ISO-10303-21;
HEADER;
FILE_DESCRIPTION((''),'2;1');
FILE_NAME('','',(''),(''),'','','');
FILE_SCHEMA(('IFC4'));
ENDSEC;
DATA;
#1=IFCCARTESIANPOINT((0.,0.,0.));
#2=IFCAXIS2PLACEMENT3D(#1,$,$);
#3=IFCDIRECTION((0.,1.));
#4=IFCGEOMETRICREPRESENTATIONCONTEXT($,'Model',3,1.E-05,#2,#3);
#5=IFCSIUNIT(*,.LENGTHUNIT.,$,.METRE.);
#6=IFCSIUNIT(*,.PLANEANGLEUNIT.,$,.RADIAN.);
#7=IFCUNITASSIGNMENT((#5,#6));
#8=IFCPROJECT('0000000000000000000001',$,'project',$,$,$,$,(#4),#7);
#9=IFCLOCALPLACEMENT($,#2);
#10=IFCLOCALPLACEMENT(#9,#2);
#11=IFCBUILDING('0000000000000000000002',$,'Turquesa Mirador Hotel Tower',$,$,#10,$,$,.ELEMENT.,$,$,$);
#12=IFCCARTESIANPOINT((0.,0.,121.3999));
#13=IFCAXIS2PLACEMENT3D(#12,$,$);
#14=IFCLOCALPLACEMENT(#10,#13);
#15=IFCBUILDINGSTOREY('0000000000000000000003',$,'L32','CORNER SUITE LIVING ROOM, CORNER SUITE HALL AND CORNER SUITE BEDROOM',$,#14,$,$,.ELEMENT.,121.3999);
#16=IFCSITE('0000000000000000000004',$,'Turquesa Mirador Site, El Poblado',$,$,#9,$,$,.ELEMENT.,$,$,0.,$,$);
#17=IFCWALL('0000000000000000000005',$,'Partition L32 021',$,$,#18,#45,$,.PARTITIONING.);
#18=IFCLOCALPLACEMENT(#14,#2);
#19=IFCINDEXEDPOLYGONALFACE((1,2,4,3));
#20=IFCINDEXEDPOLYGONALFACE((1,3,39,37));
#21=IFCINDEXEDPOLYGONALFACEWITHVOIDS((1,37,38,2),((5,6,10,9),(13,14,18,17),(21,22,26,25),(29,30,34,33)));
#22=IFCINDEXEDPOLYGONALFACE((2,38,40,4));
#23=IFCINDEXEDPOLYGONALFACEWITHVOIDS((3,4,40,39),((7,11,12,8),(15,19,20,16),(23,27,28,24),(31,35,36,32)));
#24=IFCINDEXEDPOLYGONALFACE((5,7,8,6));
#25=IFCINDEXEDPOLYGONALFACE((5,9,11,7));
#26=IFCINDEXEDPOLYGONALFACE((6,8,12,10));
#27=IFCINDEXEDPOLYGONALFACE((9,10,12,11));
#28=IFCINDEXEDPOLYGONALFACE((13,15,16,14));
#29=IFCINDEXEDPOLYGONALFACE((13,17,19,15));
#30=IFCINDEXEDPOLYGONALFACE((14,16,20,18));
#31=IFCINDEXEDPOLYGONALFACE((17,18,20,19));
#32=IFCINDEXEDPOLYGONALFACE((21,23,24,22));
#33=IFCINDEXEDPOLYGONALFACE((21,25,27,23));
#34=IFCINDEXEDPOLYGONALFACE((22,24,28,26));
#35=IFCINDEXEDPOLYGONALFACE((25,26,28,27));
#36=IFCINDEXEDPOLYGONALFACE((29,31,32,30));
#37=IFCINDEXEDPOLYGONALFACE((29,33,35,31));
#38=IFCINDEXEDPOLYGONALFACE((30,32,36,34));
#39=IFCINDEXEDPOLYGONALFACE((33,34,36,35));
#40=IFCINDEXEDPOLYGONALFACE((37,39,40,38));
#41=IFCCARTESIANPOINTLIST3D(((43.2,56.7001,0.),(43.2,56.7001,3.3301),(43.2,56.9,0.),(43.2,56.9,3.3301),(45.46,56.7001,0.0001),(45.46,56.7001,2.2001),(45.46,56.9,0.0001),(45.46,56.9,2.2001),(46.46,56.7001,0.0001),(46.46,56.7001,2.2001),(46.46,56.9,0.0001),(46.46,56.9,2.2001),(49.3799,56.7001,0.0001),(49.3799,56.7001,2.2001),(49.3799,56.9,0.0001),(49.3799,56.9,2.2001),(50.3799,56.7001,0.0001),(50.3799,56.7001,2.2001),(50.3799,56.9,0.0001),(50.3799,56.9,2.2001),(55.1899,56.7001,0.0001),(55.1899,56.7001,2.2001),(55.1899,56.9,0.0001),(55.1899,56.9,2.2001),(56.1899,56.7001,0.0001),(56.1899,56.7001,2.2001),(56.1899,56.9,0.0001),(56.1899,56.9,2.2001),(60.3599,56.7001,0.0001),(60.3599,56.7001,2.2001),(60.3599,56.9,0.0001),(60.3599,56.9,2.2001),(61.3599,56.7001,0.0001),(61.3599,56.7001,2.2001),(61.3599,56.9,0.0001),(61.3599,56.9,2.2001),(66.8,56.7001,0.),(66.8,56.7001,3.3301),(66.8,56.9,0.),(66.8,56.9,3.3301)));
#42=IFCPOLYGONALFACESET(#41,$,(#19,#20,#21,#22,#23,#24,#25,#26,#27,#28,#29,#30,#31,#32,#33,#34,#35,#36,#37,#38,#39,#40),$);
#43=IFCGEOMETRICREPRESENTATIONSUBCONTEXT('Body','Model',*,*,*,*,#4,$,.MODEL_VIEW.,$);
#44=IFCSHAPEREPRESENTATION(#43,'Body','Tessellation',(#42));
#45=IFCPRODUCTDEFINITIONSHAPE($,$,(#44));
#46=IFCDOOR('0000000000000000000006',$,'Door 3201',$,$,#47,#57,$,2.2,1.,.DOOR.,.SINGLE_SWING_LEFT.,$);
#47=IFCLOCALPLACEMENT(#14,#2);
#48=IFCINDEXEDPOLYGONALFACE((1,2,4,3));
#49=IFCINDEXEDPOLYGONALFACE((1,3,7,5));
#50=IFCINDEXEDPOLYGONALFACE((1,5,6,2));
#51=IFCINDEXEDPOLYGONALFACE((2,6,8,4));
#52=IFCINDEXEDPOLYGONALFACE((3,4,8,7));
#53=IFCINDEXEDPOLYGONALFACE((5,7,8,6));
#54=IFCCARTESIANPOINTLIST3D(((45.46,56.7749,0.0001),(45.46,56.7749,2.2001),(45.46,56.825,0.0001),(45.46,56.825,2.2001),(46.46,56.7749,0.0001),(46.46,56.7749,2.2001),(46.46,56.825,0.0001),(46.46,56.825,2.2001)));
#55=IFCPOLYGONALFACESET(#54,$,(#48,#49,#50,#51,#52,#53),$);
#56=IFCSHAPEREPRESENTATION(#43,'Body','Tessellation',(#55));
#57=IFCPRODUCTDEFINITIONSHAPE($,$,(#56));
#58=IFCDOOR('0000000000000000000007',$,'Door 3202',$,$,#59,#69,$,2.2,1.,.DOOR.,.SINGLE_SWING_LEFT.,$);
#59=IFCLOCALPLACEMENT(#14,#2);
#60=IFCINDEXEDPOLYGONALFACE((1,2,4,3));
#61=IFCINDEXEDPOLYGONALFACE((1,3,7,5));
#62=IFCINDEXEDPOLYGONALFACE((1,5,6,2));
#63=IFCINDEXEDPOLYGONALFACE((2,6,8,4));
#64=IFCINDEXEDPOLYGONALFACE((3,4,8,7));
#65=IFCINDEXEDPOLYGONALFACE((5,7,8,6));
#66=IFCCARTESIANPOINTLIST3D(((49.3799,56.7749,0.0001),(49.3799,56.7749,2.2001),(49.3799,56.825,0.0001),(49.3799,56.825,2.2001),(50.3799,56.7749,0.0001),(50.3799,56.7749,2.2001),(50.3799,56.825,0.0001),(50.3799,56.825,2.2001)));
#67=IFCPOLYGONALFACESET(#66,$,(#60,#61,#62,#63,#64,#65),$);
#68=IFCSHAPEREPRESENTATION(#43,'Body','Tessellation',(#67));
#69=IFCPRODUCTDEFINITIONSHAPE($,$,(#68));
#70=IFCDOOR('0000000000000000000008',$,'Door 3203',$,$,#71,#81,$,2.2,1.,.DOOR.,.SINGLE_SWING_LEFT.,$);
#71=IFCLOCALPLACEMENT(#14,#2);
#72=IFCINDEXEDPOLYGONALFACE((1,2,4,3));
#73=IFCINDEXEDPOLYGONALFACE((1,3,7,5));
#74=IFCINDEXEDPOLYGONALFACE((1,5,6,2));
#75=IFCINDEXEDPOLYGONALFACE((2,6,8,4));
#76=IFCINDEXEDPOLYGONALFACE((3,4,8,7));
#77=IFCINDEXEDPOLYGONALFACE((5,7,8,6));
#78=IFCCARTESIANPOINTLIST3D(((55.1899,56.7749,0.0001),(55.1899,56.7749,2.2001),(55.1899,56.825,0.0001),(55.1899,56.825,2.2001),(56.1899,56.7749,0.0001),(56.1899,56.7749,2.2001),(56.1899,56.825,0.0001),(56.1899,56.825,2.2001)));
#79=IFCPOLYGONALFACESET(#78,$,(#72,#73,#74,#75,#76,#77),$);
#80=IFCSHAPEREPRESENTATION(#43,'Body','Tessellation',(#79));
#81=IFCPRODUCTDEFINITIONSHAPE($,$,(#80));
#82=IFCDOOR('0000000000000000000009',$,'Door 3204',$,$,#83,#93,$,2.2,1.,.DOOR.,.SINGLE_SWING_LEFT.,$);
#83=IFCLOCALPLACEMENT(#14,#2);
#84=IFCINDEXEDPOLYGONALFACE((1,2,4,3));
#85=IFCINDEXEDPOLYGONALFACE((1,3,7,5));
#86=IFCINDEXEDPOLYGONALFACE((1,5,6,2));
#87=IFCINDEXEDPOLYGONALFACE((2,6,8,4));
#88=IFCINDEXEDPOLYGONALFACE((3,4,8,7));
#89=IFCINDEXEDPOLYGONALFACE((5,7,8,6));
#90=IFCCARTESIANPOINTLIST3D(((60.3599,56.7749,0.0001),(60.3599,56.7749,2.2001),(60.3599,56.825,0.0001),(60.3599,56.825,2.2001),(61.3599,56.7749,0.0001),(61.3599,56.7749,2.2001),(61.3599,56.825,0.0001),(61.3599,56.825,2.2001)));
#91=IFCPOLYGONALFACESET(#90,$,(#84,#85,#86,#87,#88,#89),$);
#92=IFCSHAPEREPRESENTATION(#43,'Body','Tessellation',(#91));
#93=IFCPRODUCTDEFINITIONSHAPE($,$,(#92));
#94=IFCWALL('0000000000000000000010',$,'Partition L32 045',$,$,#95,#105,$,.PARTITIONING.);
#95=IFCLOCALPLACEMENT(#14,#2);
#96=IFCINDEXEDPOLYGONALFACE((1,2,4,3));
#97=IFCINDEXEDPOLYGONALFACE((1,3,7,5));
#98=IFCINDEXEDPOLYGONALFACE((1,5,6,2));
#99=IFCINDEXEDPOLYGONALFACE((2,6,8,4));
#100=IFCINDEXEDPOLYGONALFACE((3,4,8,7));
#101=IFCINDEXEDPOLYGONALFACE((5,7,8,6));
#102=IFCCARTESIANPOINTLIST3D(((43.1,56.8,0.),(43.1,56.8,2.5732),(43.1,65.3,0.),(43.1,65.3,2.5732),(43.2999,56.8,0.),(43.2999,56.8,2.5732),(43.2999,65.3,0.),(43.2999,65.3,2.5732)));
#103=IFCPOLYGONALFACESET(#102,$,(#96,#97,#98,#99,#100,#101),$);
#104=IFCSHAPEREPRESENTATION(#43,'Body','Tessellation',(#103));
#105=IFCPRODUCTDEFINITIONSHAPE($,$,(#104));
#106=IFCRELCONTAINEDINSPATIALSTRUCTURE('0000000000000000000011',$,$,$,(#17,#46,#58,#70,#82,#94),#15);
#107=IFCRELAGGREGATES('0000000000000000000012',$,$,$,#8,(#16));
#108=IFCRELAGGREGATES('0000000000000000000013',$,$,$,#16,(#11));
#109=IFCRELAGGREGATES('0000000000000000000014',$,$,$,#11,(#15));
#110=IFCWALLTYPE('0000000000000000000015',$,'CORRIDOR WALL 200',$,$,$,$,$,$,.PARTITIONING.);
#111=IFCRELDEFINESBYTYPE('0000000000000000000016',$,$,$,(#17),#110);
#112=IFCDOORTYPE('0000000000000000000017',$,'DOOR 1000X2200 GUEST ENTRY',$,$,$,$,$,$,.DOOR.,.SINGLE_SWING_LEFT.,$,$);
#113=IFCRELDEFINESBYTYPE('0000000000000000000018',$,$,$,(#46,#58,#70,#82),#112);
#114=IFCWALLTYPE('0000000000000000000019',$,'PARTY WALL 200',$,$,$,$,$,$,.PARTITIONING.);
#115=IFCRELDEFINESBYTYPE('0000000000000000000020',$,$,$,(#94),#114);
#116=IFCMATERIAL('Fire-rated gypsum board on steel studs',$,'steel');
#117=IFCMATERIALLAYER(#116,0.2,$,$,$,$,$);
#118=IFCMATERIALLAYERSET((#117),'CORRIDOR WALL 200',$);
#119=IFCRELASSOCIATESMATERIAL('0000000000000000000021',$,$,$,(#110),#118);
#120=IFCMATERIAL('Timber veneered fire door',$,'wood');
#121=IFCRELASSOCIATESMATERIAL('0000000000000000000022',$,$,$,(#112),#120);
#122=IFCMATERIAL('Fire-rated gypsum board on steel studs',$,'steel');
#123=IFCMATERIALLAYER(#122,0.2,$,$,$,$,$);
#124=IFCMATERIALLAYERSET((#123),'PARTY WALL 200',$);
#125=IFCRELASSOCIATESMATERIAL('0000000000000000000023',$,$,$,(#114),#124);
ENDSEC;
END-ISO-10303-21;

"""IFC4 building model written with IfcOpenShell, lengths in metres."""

from ifc_helpers import new_model, si_unit, direction, frame, frame_2d, origin, place, context, subcontext, project, spatial, rectangle, extrude, material, layer, layer_set, type_object, element, fill, save


model = new_model("IFC4")

# Units and contexts
model_context = context("Model", 3, precision=1e-05, world=origin(), true_north=direction((0.0, 1.0)))
body_context = subcontext(model_context, "Body", "Model", "MODEL_VIEW")
ifc_project = project(units=[si_unit("LENGTHUNIT", "METRE"), si_unit("PLANEANGLEUNIT", "RADIAN")], contexts=[model_context])

# Site, building, storey
site_placement = place(None, origin())
site = spatial("IfcSite", under=ifc_project, at=site_placement, Name="Turquesa Mirador Site, El Poblado", CompositionType="ELEMENT", RefElevation=0.0)
building_placement = place(site_placement, origin())
building = spatial("IfcBuilding", under=site, at=building_placement, Name="Turquesa Mirador Hotel Tower", CompositionType="ELEMENT")
storey_placement = place(building_placement, frame((0.0, 0.0, 121.3999)))
storey = spatial("IfcBuildingStorey", under=building, at=storey_placement, Name="L32", Description="CORNER SUITE LIVING ROOM, CORNER SUITE HALL AND CORNER SUITE BEDROOM", CompositionType="ELEMENT", Elevation=121.3999)

# Wall, openings, doors
ifc_material_1 = material(Name="Fire-rated gypsum board on steel studs", Category="steel")
ifc_layer_1 = layer(ifc_material_1, 0.2)
ifc_layer_set_1 = layer_set([ifc_layer_1], Name="CORRIDOR WALL 200")
wall_type_1 = type_object("IfcWallType", Name="CORRIDOR WALL 200", PredefinedType="PARTITIONING", material=ifc_layer_set_1)
wall_1_placement = place(storey_placement, frame((43.2, 56.8, 0.0), z_axis=(0.0, 0.0, 1.0), x_axis=(1.0, 0.0, 0.0)))
wall_1 = element("IfcWall", 1, at=wall_1_placement, inside=storey, type_object=wall_type_1, Name="Partition L32 021", PredefinedType="PARTITIONING", context=body_context, shape_type="SweptSolid", body=[
    extrude(rectangle(XDim=23.6001, YDim=0.2, at=frame_2d((11.8, 0.0))), origin(), (0.0, 0.0, 1.0), 3.3301),
])
opening_1_placement = place(wall_1_placement, frame((2.26, 0.0, 0.0)))
opening_1 = element("IfcOpeningElement", 2, at=opening_1_placement, cuts=wall_1, PredefinedType="OPENING", context=body_context, shape_type="SweptSolid", body=[
    extrude(rectangle(XDim=1.0, YDim=2.2, at=frame_2d((0.5, 1.1001))), frame((0.0, 0.1099, 0.0), z_axis=(0.0, -1.0, 0.0), x_axis=(1.0, 0.0, 0.0)), (0.0, 0.0, 1.0), 0.22),
])
opening_2_placement = place(wall_1_placement, frame((6.1799, 0.0, 0.0)))
opening_2 = element("IfcOpeningElement", 3, at=opening_2_placement, cuts=wall_1, PredefinedType="OPENING", context=body_context, shape_type="SweptSolid", body=[
    extrude(rectangle(XDim=1.0, YDim=2.2, at=frame_2d((0.5, 1.1001))), frame((0.0, 0.1099, 0.0), z_axis=(0.0, -1.0, 0.0), x_axis=(1.0, 0.0, 0.0)), (0.0, 0.0, 1.0), 0.22),
])
opening_3_placement = place(wall_1_placement, frame((11.99, 0.0, 0.0)))
opening_3 = element("IfcOpeningElement", 4, at=opening_3_placement, cuts=wall_1, PredefinedType="OPENING", context=body_context, shape_type="SweptSolid", body=[
    extrude(rectangle(XDim=1.0, YDim=2.2, at=frame_2d((0.5, 1.1001))), frame((0.0, 0.1099, 0.0), z_axis=(0.0, -1.0, 0.0), x_axis=(1.0, 0.0, 0.0)), (0.0, 0.0, 1.0), 0.22),
])
opening_4_placement = place(wall_1_placement, frame((17.1599, 0.0, 0.0)))
opening_4 = element("IfcOpeningElement", 5, at=opening_4_placement, cuts=wall_1, PredefinedType="OPENING", context=body_context, shape_type="SweptSolid", body=[
    extrude(rectangle(XDim=1.0, YDim=2.2, at=frame_2d((0.5, 1.1001))), frame((0.0, 0.1099, 0.0), z_axis=(0.0, -1.0, 0.0), x_axis=(1.0, 0.0, 0.0)), (0.0, 0.0, 1.0), 0.22),
])
ifc_material_2 = material(Name="Timber veneered fire door", Category="wood")
door_type = type_object("IfcDoorType", Name="DOOR 1000X2200 GUEST ENTRY", OperationType="SINGLE_SWING_LEFT", PredefinedType="DOOR", material=ifc_material_2)
door_1_placement = place(opening_1_placement, origin())
door_1 = element("IfcDoor", 6, at=door_1_placement, inside=storey, type_object=door_type, Name="Door 3201", OperationType="SINGLE_SWING_LEFT", OverallHeight=2.2, OverallWidth=1.0, PredefinedType="DOOR", context=body_context, shape_type="SweptSolid", body=[
    extrude(rectangle(XDim=1.0, YDim=2.2, at=frame_2d((0.5, 1.1001))), frame((0.0, 0.0249, 0.0), z_axis=(0.0, -1.0, 0.0), x_axis=(1.0, 0.0, 0.0)), (0.0, 0.0, 1.0), 0.05),
])
fill(opening_1, door_1)
door_2_placement = place(opening_2_placement, origin())
door_2 = element("IfcDoor", 7, at=door_2_placement, inside=storey, type_object=door_type, Name="Door 3202", OperationType="SINGLE_SWING_LEFT", OverallHeight=2.2, OverallWidth=1.0, PredefinedType="DOOR", context=body_context, shape_type="SweptSolid", body=[
    extrude(rectangle(XDim=1.0, YDim=2.2, at=frame_2d((0.5, 1.1001))), frame((0.0, 0.0249, 0.0), z_axis=(0.0, -1.0, 0.0), x_axis=(1.0, 0.0, 0.0)), (0.0, 0.0, 1.0), 0.05),
])
fill(opening_2, door_2)
door_3_placement = place(opening_3_placement, origin())
door_3 = element("IfcDoor", 8, at=door_3_placement, inside=storey, type_object=door_type, Name="Door 3203", OperationType="SINGLE_SWING_LEFT", OverallHeight=2.2, OverallWidth=1.0, PredefinedType="DOOR", context=body_context, shape_type="SweptSolid", body=[
    extrude(rectangle(XDim=1.0, YDim=2.2, at=frame_2d((0.5, 1.1001))), frame((0.0, 0.0249, 0.0), z_axis=(0.0, -1.0, 0.0), x_axis=(1.0, 0.0, 0.0)), (0.0, 0.0, 1.0), 0.05),
])
fill(opening_3, door_3)
door_4_placement = place(opening_4_placement, origin())
door_4 = element("IfcDoor", 9, at=door_4_placement, inside=storey, type_object=door_type, Name="Door 3204", OperationType="SINGLE_SWING_LEFT", OverallHeight=2.2, OverallWidth=1.0, PredefinedType="DOOR", context=body_context, shape_type="SweptSolid", body=[
    extrude(rectangle(XDim=1.0, YDim=2.2, at=frame_2d((0.5, 1.1001))), frame((0.0, 0.0249, 0.0), z_axis=(0.0, -1.0, 0.0), x_axis=(1.0, 0.0, 0.0)), (0.0, 0.0, 1.0), 0.05),
])
fill(opening_4, door_4)

# Wall
ifc_material_3 = material(Name="Fire-rated gypsum board on steel studs", Category="steel")
ifc_layer_2 = layer(ifc_material_3, 0.2)
ifc_layer_set_2 = layer_set([ifc_layer_2], Name="PARTY WALL 200")
wall_type_2 = type_object("IfcWallType", Name="PARTY WALL 200", PredefinedType="PARTITIONING", material=ifc_layer_set_2)
wall_2_placement = place(storey_placement, frame((43.2, 56.8, 0.0), z_axis=(0.0, 0.0, 1.0), x_axis=(0.0, 1.0, 0.0)))
element("IfcWall", 10, at=wall_2_placement, inside=storey, type_object=wall_type_2, Name="Partition L32 045", PredefinedType="PARTITIONING", context=body_context, shape_type="SweptSolid", body=[
    extrude(rectangle(XDim=8.5, YDim=0.2, at=frame_2d((4.25, 0.0))), origin(), (0.0, 0.0, 1.0), 2.5732),
])

save(model, "model.ifc")
